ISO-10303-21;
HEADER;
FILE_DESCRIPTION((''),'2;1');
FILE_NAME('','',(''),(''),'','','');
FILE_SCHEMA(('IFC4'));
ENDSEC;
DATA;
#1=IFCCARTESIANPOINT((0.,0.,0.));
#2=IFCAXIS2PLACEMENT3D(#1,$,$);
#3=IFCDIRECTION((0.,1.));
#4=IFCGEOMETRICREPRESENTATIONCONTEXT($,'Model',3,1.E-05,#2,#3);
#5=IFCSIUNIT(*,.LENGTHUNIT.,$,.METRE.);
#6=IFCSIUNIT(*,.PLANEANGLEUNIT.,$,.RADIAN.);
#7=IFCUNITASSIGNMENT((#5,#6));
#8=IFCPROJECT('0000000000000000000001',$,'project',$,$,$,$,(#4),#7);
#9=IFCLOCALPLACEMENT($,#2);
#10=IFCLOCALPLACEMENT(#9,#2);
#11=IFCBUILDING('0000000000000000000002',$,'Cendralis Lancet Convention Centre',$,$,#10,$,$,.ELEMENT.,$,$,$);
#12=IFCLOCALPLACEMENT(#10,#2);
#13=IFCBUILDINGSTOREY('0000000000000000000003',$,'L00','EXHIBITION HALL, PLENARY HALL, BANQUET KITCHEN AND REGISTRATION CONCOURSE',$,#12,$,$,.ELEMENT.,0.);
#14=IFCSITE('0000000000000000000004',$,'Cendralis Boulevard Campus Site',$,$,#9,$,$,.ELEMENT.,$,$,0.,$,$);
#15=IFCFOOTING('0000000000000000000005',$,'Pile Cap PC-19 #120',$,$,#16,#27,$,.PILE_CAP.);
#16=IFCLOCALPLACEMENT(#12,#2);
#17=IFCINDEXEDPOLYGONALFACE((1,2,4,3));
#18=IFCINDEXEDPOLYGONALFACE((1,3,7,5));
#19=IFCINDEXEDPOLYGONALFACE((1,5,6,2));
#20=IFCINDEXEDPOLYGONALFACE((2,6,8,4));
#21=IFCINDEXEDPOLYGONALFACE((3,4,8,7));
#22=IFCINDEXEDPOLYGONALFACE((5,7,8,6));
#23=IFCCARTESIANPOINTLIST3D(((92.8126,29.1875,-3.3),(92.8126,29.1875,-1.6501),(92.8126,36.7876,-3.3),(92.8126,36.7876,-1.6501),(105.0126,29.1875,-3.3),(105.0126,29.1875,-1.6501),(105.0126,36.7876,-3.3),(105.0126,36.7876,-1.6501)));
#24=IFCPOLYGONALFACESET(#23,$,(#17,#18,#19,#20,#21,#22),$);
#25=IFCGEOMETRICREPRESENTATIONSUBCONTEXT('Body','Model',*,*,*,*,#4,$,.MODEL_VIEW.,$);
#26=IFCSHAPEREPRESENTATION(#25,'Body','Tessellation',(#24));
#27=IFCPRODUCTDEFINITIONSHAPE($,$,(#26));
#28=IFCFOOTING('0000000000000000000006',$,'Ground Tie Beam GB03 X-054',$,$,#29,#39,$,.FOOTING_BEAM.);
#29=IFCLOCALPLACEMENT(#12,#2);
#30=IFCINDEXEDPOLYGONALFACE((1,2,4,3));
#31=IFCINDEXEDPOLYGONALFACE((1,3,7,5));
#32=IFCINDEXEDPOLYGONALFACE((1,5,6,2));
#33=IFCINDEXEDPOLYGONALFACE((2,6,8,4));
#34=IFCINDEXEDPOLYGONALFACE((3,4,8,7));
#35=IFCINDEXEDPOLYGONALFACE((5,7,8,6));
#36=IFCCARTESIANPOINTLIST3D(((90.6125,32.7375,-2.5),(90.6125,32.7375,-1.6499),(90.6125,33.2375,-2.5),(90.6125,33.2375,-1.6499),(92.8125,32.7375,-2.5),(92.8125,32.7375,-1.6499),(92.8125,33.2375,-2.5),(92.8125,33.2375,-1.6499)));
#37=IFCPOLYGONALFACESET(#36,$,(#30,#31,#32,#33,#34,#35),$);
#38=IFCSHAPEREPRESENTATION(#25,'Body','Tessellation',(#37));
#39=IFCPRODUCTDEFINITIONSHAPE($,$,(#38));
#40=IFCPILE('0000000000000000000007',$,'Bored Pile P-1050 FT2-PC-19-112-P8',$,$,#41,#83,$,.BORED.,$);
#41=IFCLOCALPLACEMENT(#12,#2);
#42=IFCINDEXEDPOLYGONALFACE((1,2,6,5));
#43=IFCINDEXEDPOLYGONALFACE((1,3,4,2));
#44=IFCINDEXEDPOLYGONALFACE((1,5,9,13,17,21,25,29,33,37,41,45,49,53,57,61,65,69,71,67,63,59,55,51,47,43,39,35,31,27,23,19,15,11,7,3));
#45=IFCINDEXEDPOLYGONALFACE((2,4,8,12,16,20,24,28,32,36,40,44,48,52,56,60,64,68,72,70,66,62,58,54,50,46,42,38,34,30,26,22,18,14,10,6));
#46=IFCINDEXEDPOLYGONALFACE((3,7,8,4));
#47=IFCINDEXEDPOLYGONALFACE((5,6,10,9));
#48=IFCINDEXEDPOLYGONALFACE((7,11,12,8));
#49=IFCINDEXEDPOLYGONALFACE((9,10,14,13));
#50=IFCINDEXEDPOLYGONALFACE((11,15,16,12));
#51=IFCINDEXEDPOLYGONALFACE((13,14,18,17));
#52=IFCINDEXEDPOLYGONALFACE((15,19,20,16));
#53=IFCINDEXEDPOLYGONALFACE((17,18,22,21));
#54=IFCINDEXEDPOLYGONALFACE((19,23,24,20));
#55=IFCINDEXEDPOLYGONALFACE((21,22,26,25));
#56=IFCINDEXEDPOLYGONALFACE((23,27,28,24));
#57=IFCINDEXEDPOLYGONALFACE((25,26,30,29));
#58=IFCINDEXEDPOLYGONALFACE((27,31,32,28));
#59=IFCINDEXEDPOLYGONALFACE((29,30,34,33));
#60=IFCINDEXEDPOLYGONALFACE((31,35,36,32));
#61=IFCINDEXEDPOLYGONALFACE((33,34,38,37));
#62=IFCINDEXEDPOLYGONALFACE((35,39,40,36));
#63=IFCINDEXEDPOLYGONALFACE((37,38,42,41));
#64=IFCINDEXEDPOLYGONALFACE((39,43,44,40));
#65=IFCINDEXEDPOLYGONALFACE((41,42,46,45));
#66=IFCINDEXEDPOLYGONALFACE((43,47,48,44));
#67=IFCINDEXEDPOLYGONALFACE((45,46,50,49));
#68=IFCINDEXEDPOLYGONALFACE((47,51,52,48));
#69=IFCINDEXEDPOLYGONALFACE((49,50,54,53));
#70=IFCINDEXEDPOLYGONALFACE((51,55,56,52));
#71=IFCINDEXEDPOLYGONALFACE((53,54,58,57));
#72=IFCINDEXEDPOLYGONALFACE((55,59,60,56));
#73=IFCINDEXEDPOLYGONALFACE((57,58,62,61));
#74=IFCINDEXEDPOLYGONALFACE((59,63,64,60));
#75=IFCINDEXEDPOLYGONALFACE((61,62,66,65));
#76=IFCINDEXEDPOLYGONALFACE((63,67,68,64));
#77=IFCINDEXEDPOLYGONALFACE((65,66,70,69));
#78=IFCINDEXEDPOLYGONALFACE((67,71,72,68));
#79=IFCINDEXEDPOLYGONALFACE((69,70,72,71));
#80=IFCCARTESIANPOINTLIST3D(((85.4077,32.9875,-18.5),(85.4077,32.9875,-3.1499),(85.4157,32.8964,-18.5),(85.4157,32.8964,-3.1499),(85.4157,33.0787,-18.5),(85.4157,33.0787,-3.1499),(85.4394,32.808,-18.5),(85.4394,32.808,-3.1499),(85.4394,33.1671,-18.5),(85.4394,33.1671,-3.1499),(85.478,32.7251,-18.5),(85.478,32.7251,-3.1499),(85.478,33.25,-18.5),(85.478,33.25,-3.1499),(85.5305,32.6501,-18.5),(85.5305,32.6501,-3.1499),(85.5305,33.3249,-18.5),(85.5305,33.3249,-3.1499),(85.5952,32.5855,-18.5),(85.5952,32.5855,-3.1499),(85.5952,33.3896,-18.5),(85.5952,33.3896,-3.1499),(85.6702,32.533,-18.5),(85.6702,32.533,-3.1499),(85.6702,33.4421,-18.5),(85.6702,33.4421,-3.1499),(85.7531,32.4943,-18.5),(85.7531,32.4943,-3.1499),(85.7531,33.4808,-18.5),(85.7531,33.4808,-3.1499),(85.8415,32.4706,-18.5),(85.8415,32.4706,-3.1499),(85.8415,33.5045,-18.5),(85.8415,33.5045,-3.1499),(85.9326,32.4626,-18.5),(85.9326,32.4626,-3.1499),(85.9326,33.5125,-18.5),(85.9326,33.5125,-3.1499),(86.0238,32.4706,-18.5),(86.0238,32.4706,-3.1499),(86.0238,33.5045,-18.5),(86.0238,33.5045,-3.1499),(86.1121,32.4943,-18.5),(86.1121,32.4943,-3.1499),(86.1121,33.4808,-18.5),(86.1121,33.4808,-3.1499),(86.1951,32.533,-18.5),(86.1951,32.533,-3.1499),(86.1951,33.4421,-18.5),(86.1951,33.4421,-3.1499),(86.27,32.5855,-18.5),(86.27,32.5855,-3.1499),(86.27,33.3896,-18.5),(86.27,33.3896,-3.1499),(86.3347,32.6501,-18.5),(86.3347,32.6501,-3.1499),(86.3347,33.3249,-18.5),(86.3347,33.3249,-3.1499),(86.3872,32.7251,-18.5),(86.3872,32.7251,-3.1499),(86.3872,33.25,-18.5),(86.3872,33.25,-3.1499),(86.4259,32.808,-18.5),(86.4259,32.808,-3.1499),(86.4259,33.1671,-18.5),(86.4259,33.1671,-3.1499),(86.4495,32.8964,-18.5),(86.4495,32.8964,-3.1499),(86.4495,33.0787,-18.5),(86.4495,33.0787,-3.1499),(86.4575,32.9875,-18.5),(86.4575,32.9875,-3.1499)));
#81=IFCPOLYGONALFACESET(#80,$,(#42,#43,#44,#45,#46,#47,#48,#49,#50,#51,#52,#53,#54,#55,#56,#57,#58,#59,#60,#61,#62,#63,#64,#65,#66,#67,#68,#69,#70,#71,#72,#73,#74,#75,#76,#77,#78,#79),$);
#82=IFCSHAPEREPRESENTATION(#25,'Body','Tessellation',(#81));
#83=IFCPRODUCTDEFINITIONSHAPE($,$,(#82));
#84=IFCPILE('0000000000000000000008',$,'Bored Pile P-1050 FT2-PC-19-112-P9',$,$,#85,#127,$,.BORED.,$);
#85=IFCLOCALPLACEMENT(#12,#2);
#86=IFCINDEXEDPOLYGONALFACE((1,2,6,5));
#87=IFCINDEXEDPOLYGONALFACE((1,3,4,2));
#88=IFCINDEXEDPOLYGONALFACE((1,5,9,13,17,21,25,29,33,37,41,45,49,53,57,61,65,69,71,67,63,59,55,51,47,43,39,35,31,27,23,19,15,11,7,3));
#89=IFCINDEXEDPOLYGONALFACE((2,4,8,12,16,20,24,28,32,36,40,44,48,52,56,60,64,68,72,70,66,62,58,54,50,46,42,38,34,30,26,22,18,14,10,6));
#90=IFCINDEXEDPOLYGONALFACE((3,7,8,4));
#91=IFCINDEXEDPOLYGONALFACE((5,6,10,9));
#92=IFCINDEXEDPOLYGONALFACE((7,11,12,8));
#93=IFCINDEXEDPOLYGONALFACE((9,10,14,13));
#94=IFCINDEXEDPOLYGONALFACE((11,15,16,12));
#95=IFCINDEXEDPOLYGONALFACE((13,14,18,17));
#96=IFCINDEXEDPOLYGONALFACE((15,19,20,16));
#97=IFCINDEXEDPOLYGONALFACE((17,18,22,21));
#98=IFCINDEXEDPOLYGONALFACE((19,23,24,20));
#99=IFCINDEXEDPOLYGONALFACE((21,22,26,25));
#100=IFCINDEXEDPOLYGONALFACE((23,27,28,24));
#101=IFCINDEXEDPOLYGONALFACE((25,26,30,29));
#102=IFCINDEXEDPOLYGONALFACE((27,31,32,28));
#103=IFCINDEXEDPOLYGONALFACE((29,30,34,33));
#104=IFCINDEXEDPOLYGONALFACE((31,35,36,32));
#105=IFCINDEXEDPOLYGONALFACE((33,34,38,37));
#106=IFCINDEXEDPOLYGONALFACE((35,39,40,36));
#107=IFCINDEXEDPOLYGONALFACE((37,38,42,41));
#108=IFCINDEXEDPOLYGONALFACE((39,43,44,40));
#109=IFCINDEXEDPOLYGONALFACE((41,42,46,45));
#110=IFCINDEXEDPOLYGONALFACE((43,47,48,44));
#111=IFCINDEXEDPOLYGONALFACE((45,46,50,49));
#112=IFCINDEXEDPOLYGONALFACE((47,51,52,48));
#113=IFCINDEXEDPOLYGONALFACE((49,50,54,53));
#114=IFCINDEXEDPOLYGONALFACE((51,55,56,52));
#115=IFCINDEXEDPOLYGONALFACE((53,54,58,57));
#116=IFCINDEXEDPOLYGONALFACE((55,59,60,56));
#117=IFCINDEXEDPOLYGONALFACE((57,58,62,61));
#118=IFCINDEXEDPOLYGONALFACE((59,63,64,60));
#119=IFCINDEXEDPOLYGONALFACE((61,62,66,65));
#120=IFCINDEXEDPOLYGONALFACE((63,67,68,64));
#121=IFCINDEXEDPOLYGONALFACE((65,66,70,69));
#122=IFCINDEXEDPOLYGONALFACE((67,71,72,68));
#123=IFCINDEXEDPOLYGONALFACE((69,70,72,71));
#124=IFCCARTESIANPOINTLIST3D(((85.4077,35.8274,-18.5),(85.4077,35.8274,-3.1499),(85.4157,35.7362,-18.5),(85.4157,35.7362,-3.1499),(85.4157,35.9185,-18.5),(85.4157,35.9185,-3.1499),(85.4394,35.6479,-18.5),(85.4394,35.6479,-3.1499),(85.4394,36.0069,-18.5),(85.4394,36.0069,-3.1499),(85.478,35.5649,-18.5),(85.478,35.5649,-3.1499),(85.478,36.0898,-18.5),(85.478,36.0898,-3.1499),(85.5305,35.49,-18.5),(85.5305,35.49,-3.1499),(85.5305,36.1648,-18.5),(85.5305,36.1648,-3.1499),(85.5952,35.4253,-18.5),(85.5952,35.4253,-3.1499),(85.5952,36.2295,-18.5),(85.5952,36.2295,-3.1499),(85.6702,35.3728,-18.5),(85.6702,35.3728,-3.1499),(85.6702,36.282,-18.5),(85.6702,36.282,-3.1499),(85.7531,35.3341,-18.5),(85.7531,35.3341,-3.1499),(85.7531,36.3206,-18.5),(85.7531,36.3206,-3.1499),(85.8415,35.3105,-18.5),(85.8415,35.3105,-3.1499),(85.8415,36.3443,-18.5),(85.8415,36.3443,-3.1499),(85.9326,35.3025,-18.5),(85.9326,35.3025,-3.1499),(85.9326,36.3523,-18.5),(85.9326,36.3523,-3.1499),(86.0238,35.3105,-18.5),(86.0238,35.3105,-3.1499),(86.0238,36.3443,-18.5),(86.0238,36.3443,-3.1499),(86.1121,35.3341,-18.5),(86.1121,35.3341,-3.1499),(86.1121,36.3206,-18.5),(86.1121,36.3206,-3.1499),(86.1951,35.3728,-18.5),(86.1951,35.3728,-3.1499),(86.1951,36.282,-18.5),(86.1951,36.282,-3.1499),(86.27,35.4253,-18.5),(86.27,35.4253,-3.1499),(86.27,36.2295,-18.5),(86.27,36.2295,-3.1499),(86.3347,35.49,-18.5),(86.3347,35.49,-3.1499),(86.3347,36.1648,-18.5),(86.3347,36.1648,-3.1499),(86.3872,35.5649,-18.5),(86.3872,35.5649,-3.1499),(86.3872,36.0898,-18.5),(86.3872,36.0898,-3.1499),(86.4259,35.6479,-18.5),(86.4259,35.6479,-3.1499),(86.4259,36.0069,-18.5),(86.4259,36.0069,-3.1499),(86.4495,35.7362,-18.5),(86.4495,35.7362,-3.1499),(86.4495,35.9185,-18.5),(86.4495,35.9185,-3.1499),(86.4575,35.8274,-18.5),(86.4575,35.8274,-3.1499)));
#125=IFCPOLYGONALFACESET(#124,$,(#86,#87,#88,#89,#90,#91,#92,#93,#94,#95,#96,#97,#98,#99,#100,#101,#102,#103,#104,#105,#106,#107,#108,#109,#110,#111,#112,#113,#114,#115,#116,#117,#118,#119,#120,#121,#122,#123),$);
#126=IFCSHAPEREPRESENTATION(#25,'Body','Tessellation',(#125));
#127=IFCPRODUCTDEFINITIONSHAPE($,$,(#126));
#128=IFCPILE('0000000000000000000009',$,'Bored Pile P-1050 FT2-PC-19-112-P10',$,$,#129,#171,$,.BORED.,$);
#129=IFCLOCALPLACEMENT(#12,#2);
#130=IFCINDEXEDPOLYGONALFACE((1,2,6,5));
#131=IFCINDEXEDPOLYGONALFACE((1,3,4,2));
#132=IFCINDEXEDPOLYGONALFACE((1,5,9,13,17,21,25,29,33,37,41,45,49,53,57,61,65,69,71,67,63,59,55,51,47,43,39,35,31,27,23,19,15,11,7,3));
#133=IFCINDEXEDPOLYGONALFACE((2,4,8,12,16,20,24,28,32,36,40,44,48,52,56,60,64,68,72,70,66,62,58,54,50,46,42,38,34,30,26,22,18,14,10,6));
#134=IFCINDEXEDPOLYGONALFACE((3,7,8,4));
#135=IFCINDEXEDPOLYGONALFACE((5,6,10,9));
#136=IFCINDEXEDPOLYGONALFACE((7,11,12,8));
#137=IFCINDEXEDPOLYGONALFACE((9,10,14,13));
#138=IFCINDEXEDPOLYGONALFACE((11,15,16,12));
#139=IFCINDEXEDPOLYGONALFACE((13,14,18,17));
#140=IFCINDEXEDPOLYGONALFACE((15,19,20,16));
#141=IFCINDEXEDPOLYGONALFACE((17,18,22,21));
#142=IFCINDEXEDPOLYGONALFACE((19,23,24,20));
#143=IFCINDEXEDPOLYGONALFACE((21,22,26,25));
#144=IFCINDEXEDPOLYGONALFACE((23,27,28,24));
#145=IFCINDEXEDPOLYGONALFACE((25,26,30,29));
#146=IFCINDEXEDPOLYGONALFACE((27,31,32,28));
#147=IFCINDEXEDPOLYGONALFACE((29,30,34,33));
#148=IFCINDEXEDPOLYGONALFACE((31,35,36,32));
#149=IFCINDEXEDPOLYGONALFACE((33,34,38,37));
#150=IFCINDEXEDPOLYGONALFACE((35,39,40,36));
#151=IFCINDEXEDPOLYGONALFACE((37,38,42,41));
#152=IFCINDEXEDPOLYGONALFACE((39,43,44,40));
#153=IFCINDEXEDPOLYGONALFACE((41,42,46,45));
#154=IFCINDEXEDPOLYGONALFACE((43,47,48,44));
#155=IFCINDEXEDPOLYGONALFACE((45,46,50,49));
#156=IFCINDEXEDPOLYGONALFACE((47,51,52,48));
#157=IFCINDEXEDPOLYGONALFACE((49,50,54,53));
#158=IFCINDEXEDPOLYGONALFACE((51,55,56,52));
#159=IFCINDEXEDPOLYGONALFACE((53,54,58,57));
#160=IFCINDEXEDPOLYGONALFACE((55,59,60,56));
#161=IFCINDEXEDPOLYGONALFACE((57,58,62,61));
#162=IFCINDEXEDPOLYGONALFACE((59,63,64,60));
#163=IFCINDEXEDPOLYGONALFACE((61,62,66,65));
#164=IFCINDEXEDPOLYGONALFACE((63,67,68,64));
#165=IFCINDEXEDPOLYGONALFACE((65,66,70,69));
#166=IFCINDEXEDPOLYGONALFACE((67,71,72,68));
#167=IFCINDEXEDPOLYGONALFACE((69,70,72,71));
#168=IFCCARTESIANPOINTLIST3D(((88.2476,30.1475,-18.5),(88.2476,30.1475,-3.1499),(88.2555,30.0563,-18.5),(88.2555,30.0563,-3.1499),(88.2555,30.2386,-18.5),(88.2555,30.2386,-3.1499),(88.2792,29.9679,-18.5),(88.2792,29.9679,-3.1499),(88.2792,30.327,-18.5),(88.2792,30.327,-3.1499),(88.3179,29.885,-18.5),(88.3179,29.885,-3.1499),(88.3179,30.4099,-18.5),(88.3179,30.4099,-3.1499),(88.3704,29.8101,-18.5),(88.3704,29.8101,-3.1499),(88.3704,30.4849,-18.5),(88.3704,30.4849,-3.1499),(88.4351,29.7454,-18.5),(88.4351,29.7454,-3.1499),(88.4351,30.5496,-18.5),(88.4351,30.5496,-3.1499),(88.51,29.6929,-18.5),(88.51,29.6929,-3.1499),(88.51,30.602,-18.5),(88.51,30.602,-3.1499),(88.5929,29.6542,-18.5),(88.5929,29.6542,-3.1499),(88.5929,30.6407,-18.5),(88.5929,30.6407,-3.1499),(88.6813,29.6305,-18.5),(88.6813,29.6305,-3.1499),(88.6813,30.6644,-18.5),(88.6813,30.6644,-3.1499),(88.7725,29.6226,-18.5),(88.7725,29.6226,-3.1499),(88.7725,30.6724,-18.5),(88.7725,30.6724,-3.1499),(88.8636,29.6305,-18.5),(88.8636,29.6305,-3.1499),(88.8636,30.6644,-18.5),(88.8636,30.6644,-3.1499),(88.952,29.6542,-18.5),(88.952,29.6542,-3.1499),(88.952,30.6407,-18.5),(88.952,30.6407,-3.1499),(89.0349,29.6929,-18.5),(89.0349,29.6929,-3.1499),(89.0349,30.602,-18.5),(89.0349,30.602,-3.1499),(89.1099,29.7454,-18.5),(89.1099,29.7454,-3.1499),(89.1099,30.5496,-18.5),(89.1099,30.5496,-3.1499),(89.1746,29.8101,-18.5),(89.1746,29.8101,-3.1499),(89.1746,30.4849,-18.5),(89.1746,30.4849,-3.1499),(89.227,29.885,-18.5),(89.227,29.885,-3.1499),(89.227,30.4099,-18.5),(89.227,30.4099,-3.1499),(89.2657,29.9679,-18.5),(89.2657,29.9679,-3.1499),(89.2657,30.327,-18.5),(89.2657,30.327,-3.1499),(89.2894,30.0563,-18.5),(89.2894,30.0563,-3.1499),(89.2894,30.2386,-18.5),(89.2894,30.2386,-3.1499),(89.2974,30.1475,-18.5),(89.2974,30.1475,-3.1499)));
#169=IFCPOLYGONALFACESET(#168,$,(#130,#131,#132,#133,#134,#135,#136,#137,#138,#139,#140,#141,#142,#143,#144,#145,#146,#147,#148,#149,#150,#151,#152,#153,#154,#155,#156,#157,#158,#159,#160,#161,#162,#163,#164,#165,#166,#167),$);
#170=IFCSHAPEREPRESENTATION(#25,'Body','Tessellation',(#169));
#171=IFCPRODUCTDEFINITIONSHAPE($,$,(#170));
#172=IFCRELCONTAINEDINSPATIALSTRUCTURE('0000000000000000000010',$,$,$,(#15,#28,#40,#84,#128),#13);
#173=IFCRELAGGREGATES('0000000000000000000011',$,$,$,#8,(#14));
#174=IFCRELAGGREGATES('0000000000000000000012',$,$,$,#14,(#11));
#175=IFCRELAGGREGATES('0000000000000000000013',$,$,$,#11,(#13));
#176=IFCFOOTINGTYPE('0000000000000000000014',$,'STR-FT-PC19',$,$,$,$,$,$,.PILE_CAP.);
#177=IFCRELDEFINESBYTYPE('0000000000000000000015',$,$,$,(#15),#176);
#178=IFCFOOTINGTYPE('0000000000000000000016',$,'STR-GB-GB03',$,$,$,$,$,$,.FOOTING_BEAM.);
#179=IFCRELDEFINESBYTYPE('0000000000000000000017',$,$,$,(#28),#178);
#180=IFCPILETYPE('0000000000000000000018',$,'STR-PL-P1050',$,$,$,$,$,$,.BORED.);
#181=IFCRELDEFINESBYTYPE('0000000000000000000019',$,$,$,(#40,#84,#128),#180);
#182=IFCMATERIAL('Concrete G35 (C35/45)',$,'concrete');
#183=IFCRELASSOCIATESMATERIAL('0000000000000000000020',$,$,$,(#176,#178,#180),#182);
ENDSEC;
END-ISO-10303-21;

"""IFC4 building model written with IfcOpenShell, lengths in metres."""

from ifc_helpers import new_model, si_unit, direction, frame, origin, origin_2d, place, context, subcontext, project, spatial, rectangle, circle, extrude, material, material_profile, profile_set, type_object, element, save


model = new_model("IFC4")

# Units and contexts
model_context = context("Model", 3, precision=1e-05, world=origin(), true_north=direction((0.0, 1.0)))
body_context = subcontext(model_context, "Body", "Model", "MODEL_VIEW")
ifc_project = project(units=[si_unit("LENGTHUNIT", "METRE"), si_unit("PLANEANGLEUNIT", "RADIAN")], contexts=[model_context])

# Site, building, storey
site_placement = place(None, origin())
site = spatial("IfcSite", under=ifc_project, at=site_placement, Name="Cendralis Boulevard Campus Site", CompositionType="ELEMENT", RefElevation=0.0)
building_placement = place(site_placement, origin())
building = spatial("IfcBuilding", under=site, at=building_placement, Name="Cendralis Lancet Convention Centre", CompositionType="ELEMENT")
storey_placement = place(building_placement, origin())
storey = spatial("IfcBuildingStorey", under=building, at=storey_placement, Name="L00", Description="EXHIBITION HALL, PLENARY HALL, BANQUET KITCHEN AND REGISTRATION CONCOURSE", CompositionType="ELEMENT", Elevation=0.0)

# Footings
ifc_material_1 = material(Name="Concrete G35 (C35/45)", Category="concrete")
footing_type_1 = type_object("IfcFootingType", Name="STR-FT-PC19", PredefinedType="PILE_CAP", material=ifc_material_1)
footing_1_placement = place(storey_placement, frame((98.9126, 32.9875, -3.3), z_axis=(0.0, 0.0, 1.0), x_axis=(1.0, 0.0, 0.0)))
element("IfcFooting", 1, at=footing_1_placement, inside=storey, type_object=footing_type_1, Name="Pile Cap PC-19 #120", PredefinedType="PILE_CAP", context=body_context, shape_type="SweptSolid", body=[
    extrude(rectangle(XDim=12.2, YDim=7.6001, at=origin_2d()), origin(), (0.0, 0.0, 1.0), 1.6499),
])
ifc_material_profile_1 = material_profile(ifc_material_1, rectangle(XDim=0.5, YDim=0.8501, at=origin_2d()), Name="RCB 500x850")
ifc_profile_set_1 = profile_set([ifc_material_profile_1], Name="Concrete G35 (C35/45)")
footing_type_2 = type_object("IfcFootingType", Name="STR-GB-GB03", PredefinedType="FOOTING_BEAM", material=ifc_profile_set_1)
footing_2_placement = place(storey_placement, frame((90.6125, 32.9875, -2.075), z_axis=(1.0, 0.0, 0.0), x_axis=(0.0, 1.0, 0.0)))
element("IfcFooting", 2, at=footing_2_placement, inside=storey, type_object=footing_type_2, Name="Ground Tie Beam GB03 X-054", PredefinedType="FOOTING_BEAM", context=body_context, shape_type="SweptSolid", body=[
    extrude(rectangle(XDim=0.5, YDim=0.8501, at=origin_2d()), origin(), (0.0, 0.0, 1.0), 2.2),
])

# Piles
ifc_material_profile_2 = material_profile(ifc_material_1, circle(Radius=0.5249, at=origin_2d()), Name="BORED PILE D1050")
ifc_profile_set_2 = profile_set([ifc_material_profile_2], Name="Concrete G35 (C35/45)")
pile_type_1 = type_object("IfcPileType", Name="STR-PL-P1050", PredefinedType="BORED", material=ifc_profile_set_2)
for number, where, z_axis, x_axis, name in (
    (3, (85.9326, 32.9875, -3.1499), (0.0, 0.0, -1.0), (1.0, 0.0, 0.0), "Bored Pile P-1050 FT2-PC-19-112-P8"),
    (4, (85.9326, 35.8274, -3.1499), (0.0, 0.0, -1.0), (1.0, 0.0, 0.0), "Bored Pile P-1050 FT2-PC-19-112-P9"),
    (5, (88.7725, 30.1475, -3.1499), (0.0, 0.0, -1.0), (1.0, 0.0, 0.0), "Bored Pile P-1050 FT2-PC-19-112-P10"),
):
    element("IfcPile", number, at=place(storey_placement, frame(where, z_axis=z_axis, x_axis=x_axis)), inside=storey, type_object=pile_type_1, Name=name, PredefinedType="BORED", context=body_context, shape_type="SweptSolid", body=[
        extrude(circle(Radius=0.5249, at=origin_2d()), origin(), (0.0, 0.0, 1.0), 15.3501),
    ])

save(model, "model.ifc")
